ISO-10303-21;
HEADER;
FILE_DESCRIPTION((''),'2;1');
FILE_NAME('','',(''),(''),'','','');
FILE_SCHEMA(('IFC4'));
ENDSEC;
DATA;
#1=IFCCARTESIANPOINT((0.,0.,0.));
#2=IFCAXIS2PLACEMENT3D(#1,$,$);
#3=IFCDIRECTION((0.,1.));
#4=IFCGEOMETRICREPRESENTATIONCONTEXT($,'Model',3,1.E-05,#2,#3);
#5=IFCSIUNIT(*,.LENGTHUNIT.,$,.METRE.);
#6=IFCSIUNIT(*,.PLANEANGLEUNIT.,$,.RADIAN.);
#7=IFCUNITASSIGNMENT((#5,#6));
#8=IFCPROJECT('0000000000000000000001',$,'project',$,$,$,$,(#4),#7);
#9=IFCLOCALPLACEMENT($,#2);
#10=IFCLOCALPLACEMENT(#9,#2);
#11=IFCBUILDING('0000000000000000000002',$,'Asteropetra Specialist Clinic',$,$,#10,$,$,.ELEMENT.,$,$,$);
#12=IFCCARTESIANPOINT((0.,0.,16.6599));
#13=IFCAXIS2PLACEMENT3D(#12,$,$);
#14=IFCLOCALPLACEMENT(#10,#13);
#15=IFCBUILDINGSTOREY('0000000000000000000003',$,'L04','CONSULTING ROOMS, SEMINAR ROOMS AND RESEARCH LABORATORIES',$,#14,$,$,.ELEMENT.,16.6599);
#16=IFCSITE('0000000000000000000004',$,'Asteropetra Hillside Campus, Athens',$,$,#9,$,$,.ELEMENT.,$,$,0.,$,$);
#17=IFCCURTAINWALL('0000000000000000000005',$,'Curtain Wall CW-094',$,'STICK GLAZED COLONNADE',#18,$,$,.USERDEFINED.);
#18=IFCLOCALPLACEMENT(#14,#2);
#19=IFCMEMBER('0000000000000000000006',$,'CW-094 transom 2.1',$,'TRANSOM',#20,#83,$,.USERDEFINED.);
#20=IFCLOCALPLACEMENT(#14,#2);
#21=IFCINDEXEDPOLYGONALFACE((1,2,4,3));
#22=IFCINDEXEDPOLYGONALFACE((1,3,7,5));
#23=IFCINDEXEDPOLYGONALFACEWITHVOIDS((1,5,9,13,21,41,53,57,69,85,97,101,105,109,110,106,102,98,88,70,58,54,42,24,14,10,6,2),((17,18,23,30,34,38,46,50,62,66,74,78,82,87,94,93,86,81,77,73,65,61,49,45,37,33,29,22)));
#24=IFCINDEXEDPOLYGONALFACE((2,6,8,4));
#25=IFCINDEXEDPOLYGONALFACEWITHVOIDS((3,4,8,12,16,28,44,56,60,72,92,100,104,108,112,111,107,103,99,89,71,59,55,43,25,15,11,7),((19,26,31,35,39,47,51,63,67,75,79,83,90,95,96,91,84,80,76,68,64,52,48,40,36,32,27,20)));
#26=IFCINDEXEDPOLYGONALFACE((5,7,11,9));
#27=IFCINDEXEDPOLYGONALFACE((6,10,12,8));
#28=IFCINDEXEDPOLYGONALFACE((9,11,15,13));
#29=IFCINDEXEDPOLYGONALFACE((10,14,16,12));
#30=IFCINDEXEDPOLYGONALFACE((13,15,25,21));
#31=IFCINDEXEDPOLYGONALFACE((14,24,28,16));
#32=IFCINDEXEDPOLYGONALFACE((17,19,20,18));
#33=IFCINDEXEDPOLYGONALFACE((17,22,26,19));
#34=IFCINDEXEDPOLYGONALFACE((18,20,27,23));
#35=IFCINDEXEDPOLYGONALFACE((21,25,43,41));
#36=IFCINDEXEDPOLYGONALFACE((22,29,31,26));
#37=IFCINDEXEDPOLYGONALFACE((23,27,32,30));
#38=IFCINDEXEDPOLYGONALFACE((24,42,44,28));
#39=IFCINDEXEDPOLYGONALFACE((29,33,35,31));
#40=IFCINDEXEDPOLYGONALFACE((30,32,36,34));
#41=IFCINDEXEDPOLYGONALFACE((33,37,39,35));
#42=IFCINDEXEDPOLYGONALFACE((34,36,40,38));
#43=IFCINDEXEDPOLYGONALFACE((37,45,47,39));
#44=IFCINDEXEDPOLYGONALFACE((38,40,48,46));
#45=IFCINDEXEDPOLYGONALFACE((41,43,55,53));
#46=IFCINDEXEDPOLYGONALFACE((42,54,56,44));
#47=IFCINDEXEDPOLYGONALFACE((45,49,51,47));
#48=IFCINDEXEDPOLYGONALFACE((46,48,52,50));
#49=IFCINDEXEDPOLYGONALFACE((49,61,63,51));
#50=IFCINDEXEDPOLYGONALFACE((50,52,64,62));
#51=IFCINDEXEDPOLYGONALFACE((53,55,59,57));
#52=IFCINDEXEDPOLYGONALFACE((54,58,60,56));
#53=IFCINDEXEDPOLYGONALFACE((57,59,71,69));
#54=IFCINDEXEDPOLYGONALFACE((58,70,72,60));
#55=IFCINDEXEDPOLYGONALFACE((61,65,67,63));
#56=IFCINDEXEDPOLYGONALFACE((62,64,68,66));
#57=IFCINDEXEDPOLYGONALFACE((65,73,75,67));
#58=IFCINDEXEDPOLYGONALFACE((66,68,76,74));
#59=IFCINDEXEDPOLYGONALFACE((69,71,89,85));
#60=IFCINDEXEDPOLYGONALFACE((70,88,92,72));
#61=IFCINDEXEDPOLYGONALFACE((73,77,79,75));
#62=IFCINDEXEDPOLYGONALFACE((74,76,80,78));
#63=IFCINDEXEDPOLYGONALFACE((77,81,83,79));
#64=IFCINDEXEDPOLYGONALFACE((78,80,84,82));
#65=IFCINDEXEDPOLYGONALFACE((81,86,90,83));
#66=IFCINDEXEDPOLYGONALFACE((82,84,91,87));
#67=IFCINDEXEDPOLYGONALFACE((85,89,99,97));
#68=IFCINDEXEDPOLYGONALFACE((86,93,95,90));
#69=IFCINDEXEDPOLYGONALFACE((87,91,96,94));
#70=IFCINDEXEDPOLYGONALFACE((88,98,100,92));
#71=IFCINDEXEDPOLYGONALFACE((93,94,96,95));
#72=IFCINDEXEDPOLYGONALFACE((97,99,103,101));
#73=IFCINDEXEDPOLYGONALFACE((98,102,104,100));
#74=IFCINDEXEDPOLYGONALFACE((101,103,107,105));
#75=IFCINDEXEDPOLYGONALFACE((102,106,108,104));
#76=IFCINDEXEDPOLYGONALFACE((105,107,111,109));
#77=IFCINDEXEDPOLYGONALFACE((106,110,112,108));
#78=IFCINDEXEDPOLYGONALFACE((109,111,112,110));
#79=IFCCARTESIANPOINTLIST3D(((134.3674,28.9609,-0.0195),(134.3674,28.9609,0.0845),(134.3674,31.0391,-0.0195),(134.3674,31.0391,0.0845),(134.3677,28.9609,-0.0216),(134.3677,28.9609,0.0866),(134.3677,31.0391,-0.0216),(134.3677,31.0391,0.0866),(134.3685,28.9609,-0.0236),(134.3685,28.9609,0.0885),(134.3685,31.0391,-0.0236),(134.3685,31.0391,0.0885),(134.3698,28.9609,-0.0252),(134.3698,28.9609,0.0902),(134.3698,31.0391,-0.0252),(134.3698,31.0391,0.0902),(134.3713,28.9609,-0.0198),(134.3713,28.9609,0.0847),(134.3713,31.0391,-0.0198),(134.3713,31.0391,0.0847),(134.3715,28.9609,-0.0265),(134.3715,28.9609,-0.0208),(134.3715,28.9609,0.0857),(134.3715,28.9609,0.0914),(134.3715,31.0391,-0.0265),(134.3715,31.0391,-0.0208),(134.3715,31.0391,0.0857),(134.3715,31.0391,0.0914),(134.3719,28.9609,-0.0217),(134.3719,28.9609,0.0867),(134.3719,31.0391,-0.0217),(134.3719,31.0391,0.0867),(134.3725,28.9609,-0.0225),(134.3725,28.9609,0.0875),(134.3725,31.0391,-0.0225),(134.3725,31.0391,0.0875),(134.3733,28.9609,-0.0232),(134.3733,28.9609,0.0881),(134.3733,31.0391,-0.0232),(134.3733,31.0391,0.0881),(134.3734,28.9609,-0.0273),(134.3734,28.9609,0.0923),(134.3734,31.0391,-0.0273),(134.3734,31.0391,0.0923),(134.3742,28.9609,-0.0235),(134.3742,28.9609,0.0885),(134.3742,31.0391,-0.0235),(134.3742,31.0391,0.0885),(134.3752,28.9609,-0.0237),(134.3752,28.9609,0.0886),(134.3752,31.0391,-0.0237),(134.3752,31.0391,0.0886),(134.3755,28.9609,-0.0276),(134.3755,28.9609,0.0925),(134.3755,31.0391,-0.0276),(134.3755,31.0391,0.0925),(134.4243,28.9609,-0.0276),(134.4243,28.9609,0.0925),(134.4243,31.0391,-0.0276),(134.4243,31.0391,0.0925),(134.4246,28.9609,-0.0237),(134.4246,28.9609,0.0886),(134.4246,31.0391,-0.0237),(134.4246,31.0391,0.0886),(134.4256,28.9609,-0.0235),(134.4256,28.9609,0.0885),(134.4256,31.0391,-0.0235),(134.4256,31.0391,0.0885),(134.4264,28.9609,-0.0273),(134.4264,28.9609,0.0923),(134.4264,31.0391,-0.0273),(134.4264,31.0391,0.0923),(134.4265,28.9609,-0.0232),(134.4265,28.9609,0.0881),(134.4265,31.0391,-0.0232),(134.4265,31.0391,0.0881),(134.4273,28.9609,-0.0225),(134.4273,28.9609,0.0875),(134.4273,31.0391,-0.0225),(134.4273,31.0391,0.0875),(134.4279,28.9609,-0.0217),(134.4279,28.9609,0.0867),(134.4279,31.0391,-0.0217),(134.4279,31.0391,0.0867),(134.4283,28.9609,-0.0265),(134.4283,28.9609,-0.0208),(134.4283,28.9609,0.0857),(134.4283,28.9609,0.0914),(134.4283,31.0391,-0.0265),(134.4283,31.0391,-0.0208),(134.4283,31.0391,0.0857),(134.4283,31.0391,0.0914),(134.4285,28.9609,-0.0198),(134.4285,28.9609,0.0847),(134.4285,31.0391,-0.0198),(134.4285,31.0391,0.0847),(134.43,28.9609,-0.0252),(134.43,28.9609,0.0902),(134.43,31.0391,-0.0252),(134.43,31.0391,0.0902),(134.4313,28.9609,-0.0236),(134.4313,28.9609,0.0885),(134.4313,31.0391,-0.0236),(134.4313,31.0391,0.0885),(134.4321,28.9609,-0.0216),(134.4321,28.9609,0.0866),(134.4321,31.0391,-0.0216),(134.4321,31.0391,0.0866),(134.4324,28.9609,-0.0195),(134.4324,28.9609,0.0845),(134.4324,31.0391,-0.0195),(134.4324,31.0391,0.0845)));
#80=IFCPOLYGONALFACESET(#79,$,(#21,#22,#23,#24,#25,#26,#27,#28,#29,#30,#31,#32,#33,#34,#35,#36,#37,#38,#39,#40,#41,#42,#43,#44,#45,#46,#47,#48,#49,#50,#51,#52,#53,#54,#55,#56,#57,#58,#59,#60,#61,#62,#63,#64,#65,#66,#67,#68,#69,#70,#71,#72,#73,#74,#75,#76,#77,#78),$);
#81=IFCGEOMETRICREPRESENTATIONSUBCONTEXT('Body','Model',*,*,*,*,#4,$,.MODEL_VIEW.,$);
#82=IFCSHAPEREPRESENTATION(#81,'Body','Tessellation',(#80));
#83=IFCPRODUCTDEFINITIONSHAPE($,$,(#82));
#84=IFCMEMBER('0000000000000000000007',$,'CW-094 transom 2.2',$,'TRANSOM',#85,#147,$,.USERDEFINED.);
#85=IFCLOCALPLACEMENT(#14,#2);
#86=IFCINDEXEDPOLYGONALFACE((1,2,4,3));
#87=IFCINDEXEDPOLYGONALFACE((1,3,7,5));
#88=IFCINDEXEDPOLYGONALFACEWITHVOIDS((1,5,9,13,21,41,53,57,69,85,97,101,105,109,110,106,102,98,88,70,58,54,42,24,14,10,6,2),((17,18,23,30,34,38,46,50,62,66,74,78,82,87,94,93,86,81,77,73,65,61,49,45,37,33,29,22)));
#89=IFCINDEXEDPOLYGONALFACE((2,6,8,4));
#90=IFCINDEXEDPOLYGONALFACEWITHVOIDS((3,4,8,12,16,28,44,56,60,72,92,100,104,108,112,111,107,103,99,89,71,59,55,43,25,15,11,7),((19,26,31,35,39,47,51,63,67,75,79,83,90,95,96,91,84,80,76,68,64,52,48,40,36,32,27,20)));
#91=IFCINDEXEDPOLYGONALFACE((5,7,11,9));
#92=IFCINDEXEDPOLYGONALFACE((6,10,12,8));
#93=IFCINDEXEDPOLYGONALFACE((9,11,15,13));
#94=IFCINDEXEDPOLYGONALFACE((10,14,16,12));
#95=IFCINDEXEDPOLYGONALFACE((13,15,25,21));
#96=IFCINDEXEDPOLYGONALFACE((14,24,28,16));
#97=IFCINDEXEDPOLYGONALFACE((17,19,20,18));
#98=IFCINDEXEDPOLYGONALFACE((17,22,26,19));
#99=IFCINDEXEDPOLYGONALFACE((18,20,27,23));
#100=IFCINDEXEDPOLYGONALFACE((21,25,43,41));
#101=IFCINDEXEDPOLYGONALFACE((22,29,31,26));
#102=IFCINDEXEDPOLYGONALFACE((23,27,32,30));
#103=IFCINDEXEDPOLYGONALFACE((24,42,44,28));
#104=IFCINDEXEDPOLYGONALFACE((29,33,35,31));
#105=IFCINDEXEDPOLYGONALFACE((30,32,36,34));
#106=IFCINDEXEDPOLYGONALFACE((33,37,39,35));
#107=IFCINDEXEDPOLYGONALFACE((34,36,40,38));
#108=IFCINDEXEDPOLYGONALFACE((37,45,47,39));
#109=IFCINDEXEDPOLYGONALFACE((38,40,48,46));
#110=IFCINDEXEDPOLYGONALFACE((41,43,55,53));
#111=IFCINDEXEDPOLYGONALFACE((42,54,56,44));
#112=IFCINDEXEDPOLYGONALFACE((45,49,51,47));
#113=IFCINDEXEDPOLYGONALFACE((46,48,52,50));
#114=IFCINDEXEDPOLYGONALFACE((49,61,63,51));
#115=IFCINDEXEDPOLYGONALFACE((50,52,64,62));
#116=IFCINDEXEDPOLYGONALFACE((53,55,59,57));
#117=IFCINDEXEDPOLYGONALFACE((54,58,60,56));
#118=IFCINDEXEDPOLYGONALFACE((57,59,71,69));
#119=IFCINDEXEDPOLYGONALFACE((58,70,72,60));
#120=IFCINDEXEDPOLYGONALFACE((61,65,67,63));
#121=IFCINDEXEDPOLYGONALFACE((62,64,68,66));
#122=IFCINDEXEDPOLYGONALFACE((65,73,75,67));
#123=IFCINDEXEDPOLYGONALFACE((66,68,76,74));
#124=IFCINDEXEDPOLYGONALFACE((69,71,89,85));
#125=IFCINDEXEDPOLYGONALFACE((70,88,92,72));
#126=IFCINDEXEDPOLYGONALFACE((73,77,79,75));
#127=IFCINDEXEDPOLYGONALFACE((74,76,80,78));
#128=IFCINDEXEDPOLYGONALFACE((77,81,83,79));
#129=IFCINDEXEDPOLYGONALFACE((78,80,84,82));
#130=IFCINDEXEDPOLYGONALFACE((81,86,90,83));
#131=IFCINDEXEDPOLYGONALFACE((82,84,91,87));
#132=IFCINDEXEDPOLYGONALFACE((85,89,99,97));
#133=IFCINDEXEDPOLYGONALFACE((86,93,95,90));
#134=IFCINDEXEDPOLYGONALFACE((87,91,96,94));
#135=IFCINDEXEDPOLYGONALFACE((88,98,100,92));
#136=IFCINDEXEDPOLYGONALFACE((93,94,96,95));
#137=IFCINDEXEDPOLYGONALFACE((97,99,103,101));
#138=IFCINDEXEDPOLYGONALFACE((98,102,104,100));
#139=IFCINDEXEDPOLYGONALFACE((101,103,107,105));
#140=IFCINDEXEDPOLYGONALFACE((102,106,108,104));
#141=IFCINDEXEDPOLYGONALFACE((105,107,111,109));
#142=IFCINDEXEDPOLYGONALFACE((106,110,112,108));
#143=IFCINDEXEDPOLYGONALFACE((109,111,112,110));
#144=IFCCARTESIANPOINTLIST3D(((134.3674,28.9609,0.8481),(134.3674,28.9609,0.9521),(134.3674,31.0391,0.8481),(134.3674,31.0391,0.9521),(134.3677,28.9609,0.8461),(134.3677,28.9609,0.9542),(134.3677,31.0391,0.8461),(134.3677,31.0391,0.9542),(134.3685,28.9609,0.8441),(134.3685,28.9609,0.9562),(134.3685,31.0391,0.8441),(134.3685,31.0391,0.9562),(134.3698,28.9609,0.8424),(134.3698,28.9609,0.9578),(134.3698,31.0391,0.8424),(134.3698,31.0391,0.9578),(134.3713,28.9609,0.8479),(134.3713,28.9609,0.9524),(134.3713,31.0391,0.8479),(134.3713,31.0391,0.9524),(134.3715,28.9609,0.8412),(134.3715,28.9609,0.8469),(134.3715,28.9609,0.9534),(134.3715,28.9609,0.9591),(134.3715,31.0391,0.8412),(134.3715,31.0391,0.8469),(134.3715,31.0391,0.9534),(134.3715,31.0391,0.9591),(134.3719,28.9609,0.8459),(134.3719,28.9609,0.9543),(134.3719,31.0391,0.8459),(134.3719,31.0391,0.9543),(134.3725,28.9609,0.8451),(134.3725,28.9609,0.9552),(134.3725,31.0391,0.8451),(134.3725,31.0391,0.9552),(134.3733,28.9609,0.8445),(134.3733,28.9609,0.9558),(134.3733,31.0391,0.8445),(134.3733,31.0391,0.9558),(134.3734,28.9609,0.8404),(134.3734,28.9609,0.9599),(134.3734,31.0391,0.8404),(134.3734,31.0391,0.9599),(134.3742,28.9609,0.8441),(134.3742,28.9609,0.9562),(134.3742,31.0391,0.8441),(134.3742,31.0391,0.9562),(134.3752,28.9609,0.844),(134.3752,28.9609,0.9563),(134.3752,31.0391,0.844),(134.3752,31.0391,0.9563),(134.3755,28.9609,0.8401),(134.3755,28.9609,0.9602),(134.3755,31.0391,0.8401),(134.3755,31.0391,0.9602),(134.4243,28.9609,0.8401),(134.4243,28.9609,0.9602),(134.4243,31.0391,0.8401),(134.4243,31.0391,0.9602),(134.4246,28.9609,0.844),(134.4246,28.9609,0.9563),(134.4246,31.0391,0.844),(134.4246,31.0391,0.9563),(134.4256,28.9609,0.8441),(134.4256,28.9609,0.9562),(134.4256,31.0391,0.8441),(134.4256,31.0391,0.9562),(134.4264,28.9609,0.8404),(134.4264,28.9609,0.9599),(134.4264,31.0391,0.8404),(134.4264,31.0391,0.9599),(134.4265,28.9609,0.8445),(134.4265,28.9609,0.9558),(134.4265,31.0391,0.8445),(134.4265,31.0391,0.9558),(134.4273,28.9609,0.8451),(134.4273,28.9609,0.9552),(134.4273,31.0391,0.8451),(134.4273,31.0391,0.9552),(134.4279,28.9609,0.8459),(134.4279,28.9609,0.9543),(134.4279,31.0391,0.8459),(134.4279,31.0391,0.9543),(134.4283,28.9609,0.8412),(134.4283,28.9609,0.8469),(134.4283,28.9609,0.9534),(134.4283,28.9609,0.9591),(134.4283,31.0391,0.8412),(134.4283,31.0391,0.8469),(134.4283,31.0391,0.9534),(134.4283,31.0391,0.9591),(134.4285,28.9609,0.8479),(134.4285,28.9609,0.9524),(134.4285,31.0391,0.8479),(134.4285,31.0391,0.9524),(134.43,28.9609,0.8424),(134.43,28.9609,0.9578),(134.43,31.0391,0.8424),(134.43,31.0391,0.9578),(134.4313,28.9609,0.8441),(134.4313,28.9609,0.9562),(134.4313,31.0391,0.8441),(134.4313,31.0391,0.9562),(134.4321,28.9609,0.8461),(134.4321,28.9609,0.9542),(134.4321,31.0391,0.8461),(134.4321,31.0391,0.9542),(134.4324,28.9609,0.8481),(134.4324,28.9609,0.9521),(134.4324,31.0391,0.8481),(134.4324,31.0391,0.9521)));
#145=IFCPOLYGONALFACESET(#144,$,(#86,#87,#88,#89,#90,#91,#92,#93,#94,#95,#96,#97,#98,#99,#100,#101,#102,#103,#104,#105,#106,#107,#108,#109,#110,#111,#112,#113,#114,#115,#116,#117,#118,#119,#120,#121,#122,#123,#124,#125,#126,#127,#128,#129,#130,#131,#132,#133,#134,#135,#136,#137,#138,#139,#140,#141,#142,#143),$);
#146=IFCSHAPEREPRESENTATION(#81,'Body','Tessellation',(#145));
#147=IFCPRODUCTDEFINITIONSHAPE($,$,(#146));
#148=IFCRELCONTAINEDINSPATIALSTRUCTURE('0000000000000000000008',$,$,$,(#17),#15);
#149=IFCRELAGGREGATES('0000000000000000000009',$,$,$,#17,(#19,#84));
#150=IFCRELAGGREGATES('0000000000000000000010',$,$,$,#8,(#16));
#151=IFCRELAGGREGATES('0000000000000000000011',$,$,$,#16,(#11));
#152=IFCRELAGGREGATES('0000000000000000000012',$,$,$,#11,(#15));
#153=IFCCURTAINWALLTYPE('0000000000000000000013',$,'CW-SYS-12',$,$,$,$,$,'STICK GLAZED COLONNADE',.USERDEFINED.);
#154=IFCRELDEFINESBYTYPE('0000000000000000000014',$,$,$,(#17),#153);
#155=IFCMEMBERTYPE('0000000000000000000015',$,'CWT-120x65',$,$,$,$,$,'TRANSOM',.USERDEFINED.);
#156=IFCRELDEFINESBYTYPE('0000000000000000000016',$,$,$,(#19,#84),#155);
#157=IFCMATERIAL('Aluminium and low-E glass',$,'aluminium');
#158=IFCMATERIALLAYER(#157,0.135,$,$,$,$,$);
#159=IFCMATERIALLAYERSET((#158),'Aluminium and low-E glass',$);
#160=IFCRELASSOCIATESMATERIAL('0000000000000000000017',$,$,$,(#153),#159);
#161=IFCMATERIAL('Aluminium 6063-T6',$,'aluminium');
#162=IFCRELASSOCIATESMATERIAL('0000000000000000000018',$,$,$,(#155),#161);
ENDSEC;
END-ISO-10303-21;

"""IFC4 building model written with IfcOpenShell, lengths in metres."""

from ifc_helpers import new_model, si_unit, direction, frame, origin, origin_2d, place, context, subcontext, project, spatial, hollow_rectangle, extrude, material, layer, layer_set, material_profile, profile_set, type_object, element, aggregate, save


model = new_model("IFC4")

# Units and contexts
model_context = context("Model", 3, precision=1e-05, world=origin(), true_north=direction((0.0, 1.0)))
body_context = subcontext(model_context, "Body", "Model", "MODEL_VIEW")
ifc_project = project(units=[si_unit("LENGTHUNIT", "METRE"), si_unit("PLANEANGLEUNIT", "RADIAN")], contexts=[model_context])

# Site, building, storey
site_placement = place(None, origin())
site = spatial("IfcSite", under=ifc_project, at=site_placement, Name="Asteropetra Hillside Campus, Athens", CompositionType="ELEMENT", RefElevation=0.0)
building_placement = place(site_placement, origin())
building = spatial("IfcBuilding", under=site, at=building_placement, Name="Asteropetra Specialist Clinic", CompositionType="ELEMENT")
storey_placement = place(building_placement, frame((0.0, 0.0, 16.6599)))
storey = spatial("IfcBuildingStorey", under=building, at=storey_placement, Name="L04", Description="CONSULTING ROOMS, SEMINAR ROOMS AND RESEARCH LABORATORIES", CompositionType="ELEMENT", Elevation=16.6599)

# Curtain wall, members
ifc_material_1 = material(Name="Aluminium and low-E glass", Category="aluminium")
ifc_layer_1 = layer(ifc_material_1, 0.135)
ifc_layer_set_1 = layer_set([ifc_layer_1], Name="Aluminium and low-E glass")
curtain_wall_type = type_object("IfcCurtainWallType", Name="CW-SYS-12", ElementType="STICK GLAZED COLONNADE", PredefinedType="USERDEFINED", material=ifc_layer_set_1)
curtain_wall_placement = place(storey_placement, origin())
curtain_wall = element("IfcCurtainWall", 1, at=curtain_wall_placement, inside=storey, type_object=curtain_wall_type, Name="Curtain Wall CW-094", ObjectType="STICK GLAZED COLONNADE", PredefinedType="USERDEFINED")
ifc_material_2 = material(Name="Aluminium 6063-T6", Category="aluminium")
ifc_material_profile_1 = material_profile(ifc_material_2, hollow_rectangle(XDim=0.0649, YDim=0.1201, WallThickness=0.0039, InnerFilletRadius=0.0039, OuterFilletRadius=0.0081, at=origin_2d()), Name="TRN 120x65x4.0")
ifc_profile_set_1 = profile_set([ifc_material_profile_1], Name="Aluminium 6063-T6")
member_type_1 = type_object("IfcMemberType", Name="CWT-120x65", ElementType="TRANSOM", PredefinedType="USERDEFINED", material=ifc_profile_set_1)
member_1_placement = place(storey_placement, frame((134.3999, 28.9609, 0.0325), z_axis=(0.0, 1.0, 0.0), x_axis=(-1.0, 0.0, 0.0)))
member_1 = element("IfcMember", 2, at=member_1_placement, type_object=member_type_1, Name="CW-094 transom 2.1", ObjectType="TRANSOM", PredefinedType="USERDEFINED", context=body_context, shape_type="SweptSolid", body=[
    extrude(hollow_rectangle(XDim=0.0649, YDim=0.1201, WallThickness=0.0039, InnerFilletRadius=0.0039, OuterFilletRadius=0.0081, at=origin_2d()), origin(), (0.0, 0.0, 1.0), 2.0781),
])
member_2_placement = place(storey_placement, frame((134.3999, 28.9609, 0.9001), z_axis=(0.0, 1.0, 0.0), x_axis=(-1.0, 0.0, 0.0)))
member_2 = element("IfcMember", 3, at=member_2_placement, type_object=member_type_1, Name="CW-094 transom 2.2", ObjectType="TRANSOM", PredefinedType="USERDEFINED", context=body_context, shape_type="SweptSolid", body=[
    extrude(hollow_rectangle(XDim=0.0649, YDim=0.1201, WallThickness=0.0039, InnerFilletRadius=0.0039, OuterFilletRadius=0.0081, at=origin_2d()), origin(), (0.0, 0.0, 1.0), 2.0781),
])

aggregate(curtain_wall, [member_1, member_2])

save(model, "model.ifc")
